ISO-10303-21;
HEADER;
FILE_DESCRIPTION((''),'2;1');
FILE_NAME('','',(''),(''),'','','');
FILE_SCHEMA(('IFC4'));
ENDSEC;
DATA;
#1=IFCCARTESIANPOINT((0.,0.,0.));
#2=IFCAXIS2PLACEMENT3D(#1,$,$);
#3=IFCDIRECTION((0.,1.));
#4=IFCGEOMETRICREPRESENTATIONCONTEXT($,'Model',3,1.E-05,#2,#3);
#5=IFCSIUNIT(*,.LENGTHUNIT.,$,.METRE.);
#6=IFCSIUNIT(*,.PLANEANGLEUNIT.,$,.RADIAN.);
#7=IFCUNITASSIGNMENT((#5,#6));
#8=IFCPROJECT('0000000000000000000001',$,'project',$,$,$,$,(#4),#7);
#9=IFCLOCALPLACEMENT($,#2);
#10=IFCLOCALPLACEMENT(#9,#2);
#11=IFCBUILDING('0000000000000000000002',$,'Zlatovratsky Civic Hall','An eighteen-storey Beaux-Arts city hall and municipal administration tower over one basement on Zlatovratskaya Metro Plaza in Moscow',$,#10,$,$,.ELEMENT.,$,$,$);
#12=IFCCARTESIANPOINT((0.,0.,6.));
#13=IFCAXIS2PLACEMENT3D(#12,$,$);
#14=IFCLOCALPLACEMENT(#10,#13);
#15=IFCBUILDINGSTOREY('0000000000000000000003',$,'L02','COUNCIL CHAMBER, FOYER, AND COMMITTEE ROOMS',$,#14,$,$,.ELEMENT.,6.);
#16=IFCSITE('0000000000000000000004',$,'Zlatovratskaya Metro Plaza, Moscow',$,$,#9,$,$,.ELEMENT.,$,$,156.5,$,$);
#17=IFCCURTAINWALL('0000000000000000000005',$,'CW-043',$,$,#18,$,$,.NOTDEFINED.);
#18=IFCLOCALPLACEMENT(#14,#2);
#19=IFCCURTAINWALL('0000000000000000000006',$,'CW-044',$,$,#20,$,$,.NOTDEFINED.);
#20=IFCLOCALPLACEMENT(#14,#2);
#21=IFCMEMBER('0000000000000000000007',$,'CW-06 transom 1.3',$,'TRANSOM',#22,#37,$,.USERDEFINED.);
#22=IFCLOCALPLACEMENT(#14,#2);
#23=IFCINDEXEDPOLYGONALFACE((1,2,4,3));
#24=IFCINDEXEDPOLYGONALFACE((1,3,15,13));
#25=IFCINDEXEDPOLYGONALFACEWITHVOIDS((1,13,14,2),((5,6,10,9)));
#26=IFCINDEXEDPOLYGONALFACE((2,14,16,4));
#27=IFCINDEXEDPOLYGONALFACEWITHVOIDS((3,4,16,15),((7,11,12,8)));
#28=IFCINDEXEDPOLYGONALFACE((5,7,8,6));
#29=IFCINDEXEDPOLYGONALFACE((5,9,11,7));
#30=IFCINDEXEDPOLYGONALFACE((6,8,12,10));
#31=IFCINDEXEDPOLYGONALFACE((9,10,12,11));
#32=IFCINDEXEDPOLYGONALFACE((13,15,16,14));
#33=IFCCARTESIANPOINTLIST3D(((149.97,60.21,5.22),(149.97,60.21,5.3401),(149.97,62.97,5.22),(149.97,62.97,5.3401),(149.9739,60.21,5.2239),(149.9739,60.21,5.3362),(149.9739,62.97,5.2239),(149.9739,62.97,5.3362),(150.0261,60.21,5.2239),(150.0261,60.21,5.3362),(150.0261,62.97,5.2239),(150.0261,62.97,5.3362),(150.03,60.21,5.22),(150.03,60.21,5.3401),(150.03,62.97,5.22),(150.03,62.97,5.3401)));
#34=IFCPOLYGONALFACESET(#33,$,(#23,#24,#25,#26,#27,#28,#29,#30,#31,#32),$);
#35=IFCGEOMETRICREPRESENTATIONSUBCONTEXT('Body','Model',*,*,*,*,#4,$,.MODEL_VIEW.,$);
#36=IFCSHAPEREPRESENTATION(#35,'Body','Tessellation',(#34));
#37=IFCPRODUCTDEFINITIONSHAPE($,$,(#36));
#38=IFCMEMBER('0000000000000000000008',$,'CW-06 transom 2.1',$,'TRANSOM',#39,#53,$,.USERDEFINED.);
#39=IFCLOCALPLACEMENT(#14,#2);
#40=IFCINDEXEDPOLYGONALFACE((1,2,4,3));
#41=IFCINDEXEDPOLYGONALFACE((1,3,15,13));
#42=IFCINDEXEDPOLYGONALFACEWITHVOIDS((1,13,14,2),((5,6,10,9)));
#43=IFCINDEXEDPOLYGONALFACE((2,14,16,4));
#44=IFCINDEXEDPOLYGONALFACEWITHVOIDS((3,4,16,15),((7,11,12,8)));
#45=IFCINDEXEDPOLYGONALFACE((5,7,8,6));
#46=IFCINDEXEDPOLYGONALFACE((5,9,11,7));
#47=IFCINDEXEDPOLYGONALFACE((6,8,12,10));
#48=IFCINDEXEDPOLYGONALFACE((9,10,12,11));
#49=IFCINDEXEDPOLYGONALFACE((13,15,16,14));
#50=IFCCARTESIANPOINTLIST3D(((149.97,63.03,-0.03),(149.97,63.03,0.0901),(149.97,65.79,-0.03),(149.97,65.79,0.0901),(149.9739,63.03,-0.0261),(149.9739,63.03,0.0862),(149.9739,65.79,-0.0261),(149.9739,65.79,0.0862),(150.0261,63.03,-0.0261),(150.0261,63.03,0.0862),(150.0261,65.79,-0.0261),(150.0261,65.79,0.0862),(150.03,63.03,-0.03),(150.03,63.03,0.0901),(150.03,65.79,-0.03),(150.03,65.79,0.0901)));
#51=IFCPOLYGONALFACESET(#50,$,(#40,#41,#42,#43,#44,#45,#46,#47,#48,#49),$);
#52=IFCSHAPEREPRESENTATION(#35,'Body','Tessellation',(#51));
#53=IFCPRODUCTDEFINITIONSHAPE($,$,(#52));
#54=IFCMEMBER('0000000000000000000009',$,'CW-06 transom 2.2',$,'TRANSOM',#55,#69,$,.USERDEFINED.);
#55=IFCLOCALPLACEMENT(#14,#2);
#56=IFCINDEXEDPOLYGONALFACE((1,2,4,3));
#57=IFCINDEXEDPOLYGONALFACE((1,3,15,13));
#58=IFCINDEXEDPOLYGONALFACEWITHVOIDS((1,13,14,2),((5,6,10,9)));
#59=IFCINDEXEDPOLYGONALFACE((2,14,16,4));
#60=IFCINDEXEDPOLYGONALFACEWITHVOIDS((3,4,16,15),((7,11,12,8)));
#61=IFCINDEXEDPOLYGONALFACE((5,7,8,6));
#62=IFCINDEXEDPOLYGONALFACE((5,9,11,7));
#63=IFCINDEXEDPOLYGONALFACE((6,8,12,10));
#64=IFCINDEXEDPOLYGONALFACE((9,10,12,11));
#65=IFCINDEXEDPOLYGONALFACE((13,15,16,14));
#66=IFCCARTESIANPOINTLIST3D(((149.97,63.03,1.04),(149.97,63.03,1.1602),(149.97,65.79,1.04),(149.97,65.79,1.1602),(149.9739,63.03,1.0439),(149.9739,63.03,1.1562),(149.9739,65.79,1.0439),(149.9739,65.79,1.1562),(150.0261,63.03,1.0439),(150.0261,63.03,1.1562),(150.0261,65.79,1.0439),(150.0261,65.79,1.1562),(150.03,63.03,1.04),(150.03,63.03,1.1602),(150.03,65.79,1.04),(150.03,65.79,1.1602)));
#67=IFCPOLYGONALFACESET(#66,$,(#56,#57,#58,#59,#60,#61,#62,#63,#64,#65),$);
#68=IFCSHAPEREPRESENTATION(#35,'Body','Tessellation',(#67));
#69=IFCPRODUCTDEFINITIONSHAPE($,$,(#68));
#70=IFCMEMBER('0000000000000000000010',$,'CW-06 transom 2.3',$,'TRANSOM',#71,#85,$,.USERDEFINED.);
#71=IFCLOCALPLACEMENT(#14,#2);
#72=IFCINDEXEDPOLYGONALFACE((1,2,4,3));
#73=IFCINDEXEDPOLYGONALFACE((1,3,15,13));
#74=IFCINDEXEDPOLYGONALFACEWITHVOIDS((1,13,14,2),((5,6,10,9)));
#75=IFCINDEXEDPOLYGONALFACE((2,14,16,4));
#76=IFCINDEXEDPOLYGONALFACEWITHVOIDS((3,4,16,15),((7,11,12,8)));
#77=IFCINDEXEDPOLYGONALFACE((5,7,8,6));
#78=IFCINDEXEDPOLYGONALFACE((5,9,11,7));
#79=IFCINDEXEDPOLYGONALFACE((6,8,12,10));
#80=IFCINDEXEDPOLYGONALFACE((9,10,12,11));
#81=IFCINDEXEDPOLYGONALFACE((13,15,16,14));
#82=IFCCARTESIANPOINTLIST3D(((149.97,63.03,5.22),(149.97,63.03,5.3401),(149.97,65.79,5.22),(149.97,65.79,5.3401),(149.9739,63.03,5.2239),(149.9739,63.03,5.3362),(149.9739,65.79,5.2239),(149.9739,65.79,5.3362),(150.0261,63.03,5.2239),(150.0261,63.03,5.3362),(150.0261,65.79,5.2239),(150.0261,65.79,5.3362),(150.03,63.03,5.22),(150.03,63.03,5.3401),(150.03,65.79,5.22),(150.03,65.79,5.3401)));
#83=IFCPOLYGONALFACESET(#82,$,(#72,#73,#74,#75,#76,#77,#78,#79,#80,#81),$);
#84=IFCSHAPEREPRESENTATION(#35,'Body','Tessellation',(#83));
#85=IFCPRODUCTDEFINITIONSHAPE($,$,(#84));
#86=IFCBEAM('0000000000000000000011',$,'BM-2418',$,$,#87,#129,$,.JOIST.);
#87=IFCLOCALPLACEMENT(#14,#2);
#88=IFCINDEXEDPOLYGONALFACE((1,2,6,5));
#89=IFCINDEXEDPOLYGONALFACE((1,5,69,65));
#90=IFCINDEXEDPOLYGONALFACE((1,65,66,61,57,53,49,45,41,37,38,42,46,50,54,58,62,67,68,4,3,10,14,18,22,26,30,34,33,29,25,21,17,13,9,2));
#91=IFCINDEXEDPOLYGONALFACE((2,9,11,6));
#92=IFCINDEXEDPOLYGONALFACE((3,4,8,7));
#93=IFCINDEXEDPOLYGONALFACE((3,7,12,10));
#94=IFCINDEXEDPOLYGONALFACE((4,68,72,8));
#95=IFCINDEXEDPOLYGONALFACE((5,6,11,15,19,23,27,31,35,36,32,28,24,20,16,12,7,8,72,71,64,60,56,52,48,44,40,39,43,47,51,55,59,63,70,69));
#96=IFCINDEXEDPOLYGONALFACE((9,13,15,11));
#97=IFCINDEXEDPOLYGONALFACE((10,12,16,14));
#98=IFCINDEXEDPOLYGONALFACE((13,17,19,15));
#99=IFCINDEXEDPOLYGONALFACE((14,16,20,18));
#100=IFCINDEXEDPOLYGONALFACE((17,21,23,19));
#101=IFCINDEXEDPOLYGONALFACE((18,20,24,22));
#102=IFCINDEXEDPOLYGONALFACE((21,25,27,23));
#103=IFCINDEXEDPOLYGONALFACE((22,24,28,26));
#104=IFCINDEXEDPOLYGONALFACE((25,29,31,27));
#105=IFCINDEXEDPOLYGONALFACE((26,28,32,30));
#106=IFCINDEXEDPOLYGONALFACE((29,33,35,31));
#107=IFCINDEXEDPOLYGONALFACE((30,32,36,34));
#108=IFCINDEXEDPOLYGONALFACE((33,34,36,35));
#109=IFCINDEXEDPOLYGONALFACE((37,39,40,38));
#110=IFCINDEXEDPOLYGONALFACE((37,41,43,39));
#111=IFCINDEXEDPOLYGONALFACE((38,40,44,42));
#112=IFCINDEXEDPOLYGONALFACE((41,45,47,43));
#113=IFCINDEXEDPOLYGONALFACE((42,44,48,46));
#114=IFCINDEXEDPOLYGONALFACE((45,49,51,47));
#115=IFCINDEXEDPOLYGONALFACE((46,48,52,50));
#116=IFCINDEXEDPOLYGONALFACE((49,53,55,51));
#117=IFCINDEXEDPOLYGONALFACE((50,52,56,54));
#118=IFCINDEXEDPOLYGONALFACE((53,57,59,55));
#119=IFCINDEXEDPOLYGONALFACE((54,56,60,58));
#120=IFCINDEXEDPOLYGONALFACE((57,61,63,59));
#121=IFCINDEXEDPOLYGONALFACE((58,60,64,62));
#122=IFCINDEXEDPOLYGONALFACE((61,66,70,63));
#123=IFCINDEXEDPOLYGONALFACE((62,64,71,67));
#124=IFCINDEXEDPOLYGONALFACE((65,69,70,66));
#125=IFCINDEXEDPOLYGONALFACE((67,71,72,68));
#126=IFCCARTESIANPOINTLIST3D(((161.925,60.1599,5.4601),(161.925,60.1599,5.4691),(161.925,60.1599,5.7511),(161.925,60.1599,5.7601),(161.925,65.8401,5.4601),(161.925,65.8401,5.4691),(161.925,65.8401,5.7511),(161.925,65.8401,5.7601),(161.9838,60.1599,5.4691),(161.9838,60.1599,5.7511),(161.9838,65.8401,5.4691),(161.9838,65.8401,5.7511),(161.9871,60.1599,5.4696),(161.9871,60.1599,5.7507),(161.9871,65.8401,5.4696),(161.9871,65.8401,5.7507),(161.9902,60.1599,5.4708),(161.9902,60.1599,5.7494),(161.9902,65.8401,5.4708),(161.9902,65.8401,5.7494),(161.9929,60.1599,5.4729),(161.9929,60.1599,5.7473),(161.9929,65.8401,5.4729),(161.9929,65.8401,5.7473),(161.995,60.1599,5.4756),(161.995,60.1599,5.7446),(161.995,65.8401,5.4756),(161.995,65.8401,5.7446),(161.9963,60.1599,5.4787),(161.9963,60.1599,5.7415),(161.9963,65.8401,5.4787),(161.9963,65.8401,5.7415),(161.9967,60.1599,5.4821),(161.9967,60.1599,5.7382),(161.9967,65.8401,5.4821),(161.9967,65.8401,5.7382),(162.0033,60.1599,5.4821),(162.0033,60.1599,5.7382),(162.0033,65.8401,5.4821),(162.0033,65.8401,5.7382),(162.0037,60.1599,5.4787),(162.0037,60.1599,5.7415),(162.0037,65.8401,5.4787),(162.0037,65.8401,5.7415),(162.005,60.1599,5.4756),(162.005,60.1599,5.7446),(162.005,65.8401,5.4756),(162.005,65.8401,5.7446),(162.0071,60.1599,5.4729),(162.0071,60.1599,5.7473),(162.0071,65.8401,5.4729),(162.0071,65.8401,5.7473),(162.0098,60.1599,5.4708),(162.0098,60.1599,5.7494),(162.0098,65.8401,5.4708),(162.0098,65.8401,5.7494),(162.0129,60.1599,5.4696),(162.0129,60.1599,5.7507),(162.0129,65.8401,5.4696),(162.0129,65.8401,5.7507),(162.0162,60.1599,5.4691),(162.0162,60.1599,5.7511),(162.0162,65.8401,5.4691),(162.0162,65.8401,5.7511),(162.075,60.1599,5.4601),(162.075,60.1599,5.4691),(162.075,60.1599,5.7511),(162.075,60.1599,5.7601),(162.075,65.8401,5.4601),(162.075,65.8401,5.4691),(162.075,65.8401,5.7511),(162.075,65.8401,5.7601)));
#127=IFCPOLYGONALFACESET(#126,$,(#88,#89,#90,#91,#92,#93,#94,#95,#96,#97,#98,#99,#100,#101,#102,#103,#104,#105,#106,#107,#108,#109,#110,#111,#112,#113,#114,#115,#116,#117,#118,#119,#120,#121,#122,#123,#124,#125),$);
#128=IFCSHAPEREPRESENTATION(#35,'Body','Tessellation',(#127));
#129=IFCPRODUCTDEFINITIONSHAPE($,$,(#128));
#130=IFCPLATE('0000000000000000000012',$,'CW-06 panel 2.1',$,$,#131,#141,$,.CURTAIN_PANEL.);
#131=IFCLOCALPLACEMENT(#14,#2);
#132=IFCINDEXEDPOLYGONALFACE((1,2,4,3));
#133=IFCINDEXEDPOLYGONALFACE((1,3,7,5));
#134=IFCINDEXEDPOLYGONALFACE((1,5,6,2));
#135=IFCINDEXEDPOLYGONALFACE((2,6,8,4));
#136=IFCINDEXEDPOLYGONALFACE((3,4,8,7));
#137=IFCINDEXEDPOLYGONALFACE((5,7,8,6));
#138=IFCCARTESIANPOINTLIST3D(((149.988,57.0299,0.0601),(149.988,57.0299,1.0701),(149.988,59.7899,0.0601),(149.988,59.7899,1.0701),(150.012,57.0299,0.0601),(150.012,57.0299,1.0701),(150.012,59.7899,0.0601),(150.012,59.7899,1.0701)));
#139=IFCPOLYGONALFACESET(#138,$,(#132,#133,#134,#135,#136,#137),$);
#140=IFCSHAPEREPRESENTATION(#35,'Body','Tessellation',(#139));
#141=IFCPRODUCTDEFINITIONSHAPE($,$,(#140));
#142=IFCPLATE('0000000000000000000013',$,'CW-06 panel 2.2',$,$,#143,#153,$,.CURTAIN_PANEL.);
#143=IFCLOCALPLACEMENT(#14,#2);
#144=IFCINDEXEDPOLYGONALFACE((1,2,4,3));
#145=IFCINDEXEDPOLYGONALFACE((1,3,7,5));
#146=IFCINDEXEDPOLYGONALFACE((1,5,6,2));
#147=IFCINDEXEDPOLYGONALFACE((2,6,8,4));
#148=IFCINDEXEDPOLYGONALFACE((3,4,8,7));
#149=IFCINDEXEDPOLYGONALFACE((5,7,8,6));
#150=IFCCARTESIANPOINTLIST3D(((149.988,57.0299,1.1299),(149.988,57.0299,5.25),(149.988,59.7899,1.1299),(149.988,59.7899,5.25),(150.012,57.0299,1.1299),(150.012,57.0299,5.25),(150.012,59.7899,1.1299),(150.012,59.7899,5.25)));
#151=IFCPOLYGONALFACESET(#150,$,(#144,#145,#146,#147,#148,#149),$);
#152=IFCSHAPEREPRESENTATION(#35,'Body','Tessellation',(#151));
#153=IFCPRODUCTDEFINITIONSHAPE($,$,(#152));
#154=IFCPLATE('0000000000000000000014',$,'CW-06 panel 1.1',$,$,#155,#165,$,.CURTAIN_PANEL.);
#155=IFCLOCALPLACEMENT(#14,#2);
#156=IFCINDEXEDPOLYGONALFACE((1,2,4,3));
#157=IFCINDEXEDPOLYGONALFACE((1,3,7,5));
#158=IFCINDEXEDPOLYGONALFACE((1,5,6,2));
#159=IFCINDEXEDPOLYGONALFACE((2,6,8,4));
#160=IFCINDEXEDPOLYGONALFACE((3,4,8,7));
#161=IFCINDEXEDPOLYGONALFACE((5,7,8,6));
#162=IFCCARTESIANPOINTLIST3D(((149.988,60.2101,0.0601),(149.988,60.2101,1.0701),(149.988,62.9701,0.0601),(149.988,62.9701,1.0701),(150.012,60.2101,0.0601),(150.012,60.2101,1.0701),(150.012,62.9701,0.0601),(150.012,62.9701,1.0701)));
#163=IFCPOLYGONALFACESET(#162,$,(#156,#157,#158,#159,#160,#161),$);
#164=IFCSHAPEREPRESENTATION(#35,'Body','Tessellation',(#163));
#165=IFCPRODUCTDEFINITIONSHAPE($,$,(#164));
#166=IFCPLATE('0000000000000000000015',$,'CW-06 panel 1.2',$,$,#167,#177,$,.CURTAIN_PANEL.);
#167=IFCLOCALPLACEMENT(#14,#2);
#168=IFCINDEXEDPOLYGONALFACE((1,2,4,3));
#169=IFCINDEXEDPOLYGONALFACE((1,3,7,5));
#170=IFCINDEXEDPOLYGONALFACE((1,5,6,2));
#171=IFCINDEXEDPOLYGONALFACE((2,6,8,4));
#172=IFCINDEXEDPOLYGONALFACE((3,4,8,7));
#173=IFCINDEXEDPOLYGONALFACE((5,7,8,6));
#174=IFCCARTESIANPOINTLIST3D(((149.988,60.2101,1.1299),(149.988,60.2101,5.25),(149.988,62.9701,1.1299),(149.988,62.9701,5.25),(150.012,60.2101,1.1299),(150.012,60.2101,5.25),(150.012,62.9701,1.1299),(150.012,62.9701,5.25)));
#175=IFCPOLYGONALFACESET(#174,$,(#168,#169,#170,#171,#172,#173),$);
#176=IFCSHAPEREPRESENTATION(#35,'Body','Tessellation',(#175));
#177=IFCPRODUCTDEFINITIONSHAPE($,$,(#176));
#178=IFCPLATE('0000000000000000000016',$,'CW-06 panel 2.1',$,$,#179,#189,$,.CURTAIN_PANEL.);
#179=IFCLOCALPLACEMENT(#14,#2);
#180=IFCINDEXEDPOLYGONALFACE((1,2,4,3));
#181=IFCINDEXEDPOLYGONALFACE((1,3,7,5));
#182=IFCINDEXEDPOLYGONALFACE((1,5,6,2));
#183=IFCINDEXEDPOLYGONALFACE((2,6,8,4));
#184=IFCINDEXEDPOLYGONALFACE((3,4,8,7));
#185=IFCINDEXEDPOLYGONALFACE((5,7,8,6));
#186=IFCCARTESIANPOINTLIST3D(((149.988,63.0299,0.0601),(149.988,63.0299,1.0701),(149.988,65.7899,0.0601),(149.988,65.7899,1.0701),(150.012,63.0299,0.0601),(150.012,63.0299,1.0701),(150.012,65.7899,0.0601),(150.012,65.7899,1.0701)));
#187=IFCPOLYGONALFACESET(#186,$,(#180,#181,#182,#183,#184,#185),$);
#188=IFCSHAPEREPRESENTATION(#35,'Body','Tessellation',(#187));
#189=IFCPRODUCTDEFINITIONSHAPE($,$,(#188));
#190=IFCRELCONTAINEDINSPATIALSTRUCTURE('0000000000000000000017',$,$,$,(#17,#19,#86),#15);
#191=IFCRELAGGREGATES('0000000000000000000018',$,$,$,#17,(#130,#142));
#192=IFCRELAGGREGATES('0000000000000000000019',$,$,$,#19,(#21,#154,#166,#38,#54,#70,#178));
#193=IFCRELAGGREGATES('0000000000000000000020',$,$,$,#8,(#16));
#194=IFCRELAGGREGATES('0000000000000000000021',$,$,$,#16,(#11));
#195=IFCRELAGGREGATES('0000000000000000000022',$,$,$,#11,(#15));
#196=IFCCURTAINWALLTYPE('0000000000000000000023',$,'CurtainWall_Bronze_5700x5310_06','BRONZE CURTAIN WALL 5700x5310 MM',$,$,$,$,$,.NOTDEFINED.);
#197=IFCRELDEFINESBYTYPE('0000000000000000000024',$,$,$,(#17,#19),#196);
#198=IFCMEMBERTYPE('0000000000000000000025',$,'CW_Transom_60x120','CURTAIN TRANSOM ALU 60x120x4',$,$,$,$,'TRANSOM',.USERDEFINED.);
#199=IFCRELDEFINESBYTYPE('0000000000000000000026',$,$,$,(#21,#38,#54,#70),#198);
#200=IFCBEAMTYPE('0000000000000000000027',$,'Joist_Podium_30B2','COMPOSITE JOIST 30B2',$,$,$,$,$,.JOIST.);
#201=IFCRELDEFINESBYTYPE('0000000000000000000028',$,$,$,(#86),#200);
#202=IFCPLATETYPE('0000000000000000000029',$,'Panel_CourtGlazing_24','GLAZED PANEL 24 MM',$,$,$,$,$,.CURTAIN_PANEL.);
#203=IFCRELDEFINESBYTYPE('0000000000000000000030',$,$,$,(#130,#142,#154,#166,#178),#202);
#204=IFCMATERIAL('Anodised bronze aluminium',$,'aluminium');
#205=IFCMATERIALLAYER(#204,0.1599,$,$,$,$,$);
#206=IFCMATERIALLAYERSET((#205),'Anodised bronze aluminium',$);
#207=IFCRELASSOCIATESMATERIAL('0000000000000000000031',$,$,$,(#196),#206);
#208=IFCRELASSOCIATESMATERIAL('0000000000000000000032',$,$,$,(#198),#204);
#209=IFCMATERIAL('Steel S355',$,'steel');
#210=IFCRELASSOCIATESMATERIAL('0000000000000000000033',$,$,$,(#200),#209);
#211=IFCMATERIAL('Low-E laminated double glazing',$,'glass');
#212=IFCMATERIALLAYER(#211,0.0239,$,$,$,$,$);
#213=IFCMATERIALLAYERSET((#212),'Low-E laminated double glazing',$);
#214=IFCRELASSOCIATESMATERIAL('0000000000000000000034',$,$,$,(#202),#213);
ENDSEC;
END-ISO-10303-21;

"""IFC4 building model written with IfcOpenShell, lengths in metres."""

from ifc_helpers import new_model, si_unit, direction, frame, origin, origin_2d, place, context, subcontext, project, spatial, rectangle, hollow_rectangle, i_section, extrude, material, layer, layer_set, material_profile, profile_set, type_object, element, aggregate, save


model = new_model("IFC4")

# Units and contexts
model_context = context("Model", 3, precision=1e-05, world=origin(), true_north=direction((0.0, 1.0)))
body_context = subcontext(model_context, "Body", "Model", "MODEL_VIEW")
ifc_project = project(units=[si_unit("LENGTHUNIT", "METRE"), si_unit("PLANEANGLEUNIT", "RADIAN")], contexts=[model_context])

# Site, building, storey
site_placement = place(None, origin())
site = spatial("IfcSite", under=ifc_project, at=site_placement, Name="Zlatovratskaya Metro Plaza, Moscow", CompositionType="ELEMENT", RefElevation=156.5)
building_placement = place(site_placement, origin())
building = spatial("IfcBuilding", under=site, at=building_placement, Name="Zlatovratsky Civic Hall", Description="An eighteen-storey Beaux-Arts city hall and municipal administration tower over one basement on Zlatovratskaya Metro Plaza in Moscow", CompositionType="ELEMENT")
storey_placement = place(building_placement, frame((0.0, 0.0, 6.0)))
storey = spatial("IfcBuildingStorey", under=building, at=storey_placement, Name="L02", Description="COUNCIL CHAMBER, FOYER, AND COMMITTEE ROOMS", CompositionType="ELEMENT", Elevation=6.0)

# Shared definitions
ifc_material_1 = material(Name="Steel S355", Category="steel")

# Curtain wall
ifc_material_2 = material(Name="Anodised bronze aluminium", Category="aluminium")
ifc_layer_1 = layer(ifc_material_2, 0.1599)
ifc_layer_set_1 = layer_set([ifc_layer_1], Name="Anodised bronze aluminium")
curtain_wall_type = type_object("IfcCurtainWallType", Name="CurtainWall_Bronze_5700x5310_06", Description="BRONZE CURTAIN WALL 5700x5310 MM", PredefinedType="NOTDEFINED", material=ifc_layer_set_1)
curtain_wall_1_placement = place(storey_placement, origin())
curtain_wall_1 = element("IfcCurtainWall", 1, at=curtain_wall_1_placement, inside=storey, type_object=curtain_wall_type, Name="CW-043", PredefinedType="NOTDEFINED")

# Curtain wall
curtain_wall_2_placement = place(storey_placement, origin())
curtain_wall_2 = element("IfcCurtainWall", 2, at=curtain_wall_2_placement, inside=storey, type_object=curtain_wall_type, Name="CW-044", PredefinedType="NOTDEFINED")
ifc_material_profile_1 = material_profile(ifc_material_2, hollow_rectangle(XDim=0.0601, YDim=0.1201, WallThickness=0.0039, at=origin_2d()), Name="ALU 60x120x4")
ifc_profile_set_1 = profile_set([ifc_material_profile_1], Name="Anodised bronze aluminium")
member_type_1 = type_object("IfcMemberType", Name="CW_Transom_60x120", Description="CURTAIN TRANSOM ALU 60x120x4", ElementType="TRANSOM", PredefinedType="USERDEFINED", material=ifc_profile_set_1)

# Members
member_1_placement = place(storey_placement, frame((150.0, 60.21, 5.28), z_axis=(0.0, 1.0, 0.0), x_axis=(-1.0, 0.0, 0.0)))
member_1 = element("IfcMember", 3, at=member_1_placement, type_object=member_type_1, Name="CW-06 transom 1.3", ObjectType="TRANSOM", PredefinedType="USERDEFINED", context=body_context, shape_type="SweptSolid", body=[
    extrude(hollow_rectangle(XDim=0.0601, YDim=0.1201, WallThickness=0.0039, at=origin_2d()), origin(), (0.0, 0.0, 1.0), 2.76),
])
member_2_placement = place(storey_placement, frame((150.0, 63.03, 0.03), z_axis=(0.0, 1.0, 0.0), x_axis=(-1.0, 0.0, 0.0)))
member_2 = element("IfcMember", 4, at=member_2_placement, type_object=member_type_1, Name="CW-06 transom 2.1", ObjectType="TRANSOM", PredefinedType="USERDEFINED", context=body_context, shape_type="SweptSolid", body=[
    extrude(hollow_rectangle(XDim=0.0601, YDim=0.1201, WallThickness=0.0039, at=origin_2d()), origin(), (0.0, 0.0, 1.0), 2.76),
])
member_3_placement = place(storey_placement, frame((150.0, 63.03, 1.1001), z_axis=(0.0, 1.0, 0.0), x_axis=(-1.0, 0.0, 0.0)))
member_3 = element("IfcMember", 5, at=member_3_placement, type_object=member_type_1, Name="CW-06 transom 2.2", ObjectType="TRANSOM", PredefinedType="USERDEFINED", context=body_context, shape_type="SweptSolid", body=[
    extrude(hollow_rectangle(XDim=0.0601, YDim=0.1201, WallThickness=0.0039, at=origin_2d()), origin(), (0.0, 0.0, 1.0), 2.76),
])
member_4_placement = place(storey_placement, frame((150.0, 63.03, 5.28), z_axis=(0.0, 1.0, 0.0), x_axis=(-1.0, 0.0, 0.0)))
member_4 = element("IfcMember", 6, at=member_4_placement, type_object=member_type_1, Name="CW-06 transom 2.3", ObjectType="TRANSOM", PredefinedType="USERDEFINED", context=body_context, shape_type="SweptSolid", body=[
    extrude(hollow_rectangle(XDim=0.0601, YDim=0.1201, WallThickness=0.0039, at=origin_2d()), origin(), (0.0, 0.0, 1.0), 2.76),
])

# Beam
ifc_material_profile_2 = material_profile(ifc_material_1, i_section(OverallWidth=0.1499, OverallDepth=0.3, WebThickness=0.0066, FlangeThickness=0.009, FilletRadius=0.0129, at=origin_2d()), Name="30B2")
ifc_profile_set_2 = profile_set([ifc_material_profile_2], Name="Steel S355")
beam_type_1 = type_object("IfcBeamType", Name="Joist_Podium_30B2", Description="COMPOSITE JOIST 30B2", PredefinedType="JOIST", material=ifc_profile_set_2)
beam_1_placement = place(storey_placement, frame((162.0, 60.1599, 5.6101), z_axis=(0.0, 1.0, 0.0), x_axis=(-1.0, 0.0, 0.0)))
element("IfcBeam", 7, at=beam_1_placement, inside=storey, type_object=beam_type_1, Name="BM-2418", PredefinedType="JOIST", context=body_context, shape_type="SweptSolid", body=[
    extrude(i_section(OverallWidth=0.1499, OverallDepth=0.3, WebThickness=0.0066, FlangeThickness=0.009, FilletRadius=0.0129, at=origin_2d()), origin(), (0.0, 0.0, 1.0), 5.6802),
])

# Plates
ifc_material_3 = material(Name="Low-E laminated double glazing", Category="glass")
ifc_layer_2 = layer(ifc_material_3, 0.0239)
ifc_layer_set_2 = layer_set([ifc_layer_2], Name="Low-E laminated double glazing")
plate_type = type_object("IfcPlateType", Name="Panel_CourtGlazing_24", Description="GLAZED PANEL 24 MM", PredefinedType="CURTAIN_PANEL", material=ifc_layer_set_2)
plate_1_placement = place(storey_placement, frame((150.0, 58.4099, 0.0601), z_axis=(0.0, 0.0, 1.0), x_axis=(0.0, 1.0, 0.0)))
plate_1 = element("IfcPlate", 8, at=plate_1_placement, type_object=plate_type, Name="CW-06 panel 2.1", PredefinedType="CURTAIN_PANEL", context=body_context, shape_type="SweptSolid", body=[
    extrude(rectangle(XDim=2.76, YDim=0.0239, at=origin_2d()), origin(), (0.0, 0.0, 1.0), 1.01),
])
plate_2_placement = place(storey_placement, frame((150.0, 58.4099, 1.1299), z_axis=(0.0, 0.0, 1.0), x_axis=(0.0, 1.0, 0.0)))
plate_2 = element("IfcPlate", 9, at=plate_2_placement, type_object=plate_type, Name="CW-06 panel 2.2", PredefinedType="CURTAIN_PANEL", context=body_context, shape_type="SweptSolid", body=[
    extrude(rectangle(XDim=2.76, YDim=0.0239, at=origin_2d()), origin(), (0.0, 0.0, 1.0), 4.1201),
])
aggregate(curtain_wall_1, [plate_1, plate_2])
plate_3_placement = place(storey_placement, frame((150.0, 61.5901, 0.0601), z_axis=(0.0, 0.0, 1.0), x_axis=(0.0, 1.0, 0.0)))
plate_3 = element("IfcPlate", 10, at=plate_3_placement, type_object=plate_type, Name="CW-06 panel 1.1", PredefinedType="CURTAIN_PANEL", context=body_context, shape_type="SweptSolid", body=[
    extrude(rectangle(XDim=2.76, YDim=0.0239, at=origin_2d()), origin(), (0.0, 0.0, 1.0), 1.01),
])
plate_4_placement = place(storey_placement, frame((150.0, 61.5901, 1.1299), z_axis=(0.0, 0.0, 1.0), x_axis=(0.0, 1.0, 0.0)))
plate_4 = element("IfcPlate", 11, at=plate_4_placement, type_object=plate_type, Name="CW-06 panel 1.2", PredefinedType="CURTAIN_PANEL", context=body_context, shape_type="SweptSolid", body=[
    extrude(rectangle(XDim=2.76, YDim=0.0239, at=origin_2d()), origin(), (0.0, 0.0, 1.0), 4.1201),
])
plate_5_placement = place(storey_placement, frame((150.0, 64.4099, 0.0601), z_axis=(0.0, 0.0, 1.0), x_axis=(0.0, 1.0, 0.0)))
plate_5 = element("IfcPlate", 12, at=plate_5_placement, type_object=plate_type, Name="CW-06 panel 2.1", PredefinedType="CURTAIN_PANEL", context=body_context, shape_type="SweptSolid", body=[
    extrude(rectangle(XDim=2.76, YDim=0.0239, at=origin_2d()), origin(), (0.0, 0.0, 1.0), 1.01),
])
aggregate(curtain_wall_2, [member_1, plate_3, plate_4, member_2, member_3, member_4, plate_5])

save(model, "model.ifc")
